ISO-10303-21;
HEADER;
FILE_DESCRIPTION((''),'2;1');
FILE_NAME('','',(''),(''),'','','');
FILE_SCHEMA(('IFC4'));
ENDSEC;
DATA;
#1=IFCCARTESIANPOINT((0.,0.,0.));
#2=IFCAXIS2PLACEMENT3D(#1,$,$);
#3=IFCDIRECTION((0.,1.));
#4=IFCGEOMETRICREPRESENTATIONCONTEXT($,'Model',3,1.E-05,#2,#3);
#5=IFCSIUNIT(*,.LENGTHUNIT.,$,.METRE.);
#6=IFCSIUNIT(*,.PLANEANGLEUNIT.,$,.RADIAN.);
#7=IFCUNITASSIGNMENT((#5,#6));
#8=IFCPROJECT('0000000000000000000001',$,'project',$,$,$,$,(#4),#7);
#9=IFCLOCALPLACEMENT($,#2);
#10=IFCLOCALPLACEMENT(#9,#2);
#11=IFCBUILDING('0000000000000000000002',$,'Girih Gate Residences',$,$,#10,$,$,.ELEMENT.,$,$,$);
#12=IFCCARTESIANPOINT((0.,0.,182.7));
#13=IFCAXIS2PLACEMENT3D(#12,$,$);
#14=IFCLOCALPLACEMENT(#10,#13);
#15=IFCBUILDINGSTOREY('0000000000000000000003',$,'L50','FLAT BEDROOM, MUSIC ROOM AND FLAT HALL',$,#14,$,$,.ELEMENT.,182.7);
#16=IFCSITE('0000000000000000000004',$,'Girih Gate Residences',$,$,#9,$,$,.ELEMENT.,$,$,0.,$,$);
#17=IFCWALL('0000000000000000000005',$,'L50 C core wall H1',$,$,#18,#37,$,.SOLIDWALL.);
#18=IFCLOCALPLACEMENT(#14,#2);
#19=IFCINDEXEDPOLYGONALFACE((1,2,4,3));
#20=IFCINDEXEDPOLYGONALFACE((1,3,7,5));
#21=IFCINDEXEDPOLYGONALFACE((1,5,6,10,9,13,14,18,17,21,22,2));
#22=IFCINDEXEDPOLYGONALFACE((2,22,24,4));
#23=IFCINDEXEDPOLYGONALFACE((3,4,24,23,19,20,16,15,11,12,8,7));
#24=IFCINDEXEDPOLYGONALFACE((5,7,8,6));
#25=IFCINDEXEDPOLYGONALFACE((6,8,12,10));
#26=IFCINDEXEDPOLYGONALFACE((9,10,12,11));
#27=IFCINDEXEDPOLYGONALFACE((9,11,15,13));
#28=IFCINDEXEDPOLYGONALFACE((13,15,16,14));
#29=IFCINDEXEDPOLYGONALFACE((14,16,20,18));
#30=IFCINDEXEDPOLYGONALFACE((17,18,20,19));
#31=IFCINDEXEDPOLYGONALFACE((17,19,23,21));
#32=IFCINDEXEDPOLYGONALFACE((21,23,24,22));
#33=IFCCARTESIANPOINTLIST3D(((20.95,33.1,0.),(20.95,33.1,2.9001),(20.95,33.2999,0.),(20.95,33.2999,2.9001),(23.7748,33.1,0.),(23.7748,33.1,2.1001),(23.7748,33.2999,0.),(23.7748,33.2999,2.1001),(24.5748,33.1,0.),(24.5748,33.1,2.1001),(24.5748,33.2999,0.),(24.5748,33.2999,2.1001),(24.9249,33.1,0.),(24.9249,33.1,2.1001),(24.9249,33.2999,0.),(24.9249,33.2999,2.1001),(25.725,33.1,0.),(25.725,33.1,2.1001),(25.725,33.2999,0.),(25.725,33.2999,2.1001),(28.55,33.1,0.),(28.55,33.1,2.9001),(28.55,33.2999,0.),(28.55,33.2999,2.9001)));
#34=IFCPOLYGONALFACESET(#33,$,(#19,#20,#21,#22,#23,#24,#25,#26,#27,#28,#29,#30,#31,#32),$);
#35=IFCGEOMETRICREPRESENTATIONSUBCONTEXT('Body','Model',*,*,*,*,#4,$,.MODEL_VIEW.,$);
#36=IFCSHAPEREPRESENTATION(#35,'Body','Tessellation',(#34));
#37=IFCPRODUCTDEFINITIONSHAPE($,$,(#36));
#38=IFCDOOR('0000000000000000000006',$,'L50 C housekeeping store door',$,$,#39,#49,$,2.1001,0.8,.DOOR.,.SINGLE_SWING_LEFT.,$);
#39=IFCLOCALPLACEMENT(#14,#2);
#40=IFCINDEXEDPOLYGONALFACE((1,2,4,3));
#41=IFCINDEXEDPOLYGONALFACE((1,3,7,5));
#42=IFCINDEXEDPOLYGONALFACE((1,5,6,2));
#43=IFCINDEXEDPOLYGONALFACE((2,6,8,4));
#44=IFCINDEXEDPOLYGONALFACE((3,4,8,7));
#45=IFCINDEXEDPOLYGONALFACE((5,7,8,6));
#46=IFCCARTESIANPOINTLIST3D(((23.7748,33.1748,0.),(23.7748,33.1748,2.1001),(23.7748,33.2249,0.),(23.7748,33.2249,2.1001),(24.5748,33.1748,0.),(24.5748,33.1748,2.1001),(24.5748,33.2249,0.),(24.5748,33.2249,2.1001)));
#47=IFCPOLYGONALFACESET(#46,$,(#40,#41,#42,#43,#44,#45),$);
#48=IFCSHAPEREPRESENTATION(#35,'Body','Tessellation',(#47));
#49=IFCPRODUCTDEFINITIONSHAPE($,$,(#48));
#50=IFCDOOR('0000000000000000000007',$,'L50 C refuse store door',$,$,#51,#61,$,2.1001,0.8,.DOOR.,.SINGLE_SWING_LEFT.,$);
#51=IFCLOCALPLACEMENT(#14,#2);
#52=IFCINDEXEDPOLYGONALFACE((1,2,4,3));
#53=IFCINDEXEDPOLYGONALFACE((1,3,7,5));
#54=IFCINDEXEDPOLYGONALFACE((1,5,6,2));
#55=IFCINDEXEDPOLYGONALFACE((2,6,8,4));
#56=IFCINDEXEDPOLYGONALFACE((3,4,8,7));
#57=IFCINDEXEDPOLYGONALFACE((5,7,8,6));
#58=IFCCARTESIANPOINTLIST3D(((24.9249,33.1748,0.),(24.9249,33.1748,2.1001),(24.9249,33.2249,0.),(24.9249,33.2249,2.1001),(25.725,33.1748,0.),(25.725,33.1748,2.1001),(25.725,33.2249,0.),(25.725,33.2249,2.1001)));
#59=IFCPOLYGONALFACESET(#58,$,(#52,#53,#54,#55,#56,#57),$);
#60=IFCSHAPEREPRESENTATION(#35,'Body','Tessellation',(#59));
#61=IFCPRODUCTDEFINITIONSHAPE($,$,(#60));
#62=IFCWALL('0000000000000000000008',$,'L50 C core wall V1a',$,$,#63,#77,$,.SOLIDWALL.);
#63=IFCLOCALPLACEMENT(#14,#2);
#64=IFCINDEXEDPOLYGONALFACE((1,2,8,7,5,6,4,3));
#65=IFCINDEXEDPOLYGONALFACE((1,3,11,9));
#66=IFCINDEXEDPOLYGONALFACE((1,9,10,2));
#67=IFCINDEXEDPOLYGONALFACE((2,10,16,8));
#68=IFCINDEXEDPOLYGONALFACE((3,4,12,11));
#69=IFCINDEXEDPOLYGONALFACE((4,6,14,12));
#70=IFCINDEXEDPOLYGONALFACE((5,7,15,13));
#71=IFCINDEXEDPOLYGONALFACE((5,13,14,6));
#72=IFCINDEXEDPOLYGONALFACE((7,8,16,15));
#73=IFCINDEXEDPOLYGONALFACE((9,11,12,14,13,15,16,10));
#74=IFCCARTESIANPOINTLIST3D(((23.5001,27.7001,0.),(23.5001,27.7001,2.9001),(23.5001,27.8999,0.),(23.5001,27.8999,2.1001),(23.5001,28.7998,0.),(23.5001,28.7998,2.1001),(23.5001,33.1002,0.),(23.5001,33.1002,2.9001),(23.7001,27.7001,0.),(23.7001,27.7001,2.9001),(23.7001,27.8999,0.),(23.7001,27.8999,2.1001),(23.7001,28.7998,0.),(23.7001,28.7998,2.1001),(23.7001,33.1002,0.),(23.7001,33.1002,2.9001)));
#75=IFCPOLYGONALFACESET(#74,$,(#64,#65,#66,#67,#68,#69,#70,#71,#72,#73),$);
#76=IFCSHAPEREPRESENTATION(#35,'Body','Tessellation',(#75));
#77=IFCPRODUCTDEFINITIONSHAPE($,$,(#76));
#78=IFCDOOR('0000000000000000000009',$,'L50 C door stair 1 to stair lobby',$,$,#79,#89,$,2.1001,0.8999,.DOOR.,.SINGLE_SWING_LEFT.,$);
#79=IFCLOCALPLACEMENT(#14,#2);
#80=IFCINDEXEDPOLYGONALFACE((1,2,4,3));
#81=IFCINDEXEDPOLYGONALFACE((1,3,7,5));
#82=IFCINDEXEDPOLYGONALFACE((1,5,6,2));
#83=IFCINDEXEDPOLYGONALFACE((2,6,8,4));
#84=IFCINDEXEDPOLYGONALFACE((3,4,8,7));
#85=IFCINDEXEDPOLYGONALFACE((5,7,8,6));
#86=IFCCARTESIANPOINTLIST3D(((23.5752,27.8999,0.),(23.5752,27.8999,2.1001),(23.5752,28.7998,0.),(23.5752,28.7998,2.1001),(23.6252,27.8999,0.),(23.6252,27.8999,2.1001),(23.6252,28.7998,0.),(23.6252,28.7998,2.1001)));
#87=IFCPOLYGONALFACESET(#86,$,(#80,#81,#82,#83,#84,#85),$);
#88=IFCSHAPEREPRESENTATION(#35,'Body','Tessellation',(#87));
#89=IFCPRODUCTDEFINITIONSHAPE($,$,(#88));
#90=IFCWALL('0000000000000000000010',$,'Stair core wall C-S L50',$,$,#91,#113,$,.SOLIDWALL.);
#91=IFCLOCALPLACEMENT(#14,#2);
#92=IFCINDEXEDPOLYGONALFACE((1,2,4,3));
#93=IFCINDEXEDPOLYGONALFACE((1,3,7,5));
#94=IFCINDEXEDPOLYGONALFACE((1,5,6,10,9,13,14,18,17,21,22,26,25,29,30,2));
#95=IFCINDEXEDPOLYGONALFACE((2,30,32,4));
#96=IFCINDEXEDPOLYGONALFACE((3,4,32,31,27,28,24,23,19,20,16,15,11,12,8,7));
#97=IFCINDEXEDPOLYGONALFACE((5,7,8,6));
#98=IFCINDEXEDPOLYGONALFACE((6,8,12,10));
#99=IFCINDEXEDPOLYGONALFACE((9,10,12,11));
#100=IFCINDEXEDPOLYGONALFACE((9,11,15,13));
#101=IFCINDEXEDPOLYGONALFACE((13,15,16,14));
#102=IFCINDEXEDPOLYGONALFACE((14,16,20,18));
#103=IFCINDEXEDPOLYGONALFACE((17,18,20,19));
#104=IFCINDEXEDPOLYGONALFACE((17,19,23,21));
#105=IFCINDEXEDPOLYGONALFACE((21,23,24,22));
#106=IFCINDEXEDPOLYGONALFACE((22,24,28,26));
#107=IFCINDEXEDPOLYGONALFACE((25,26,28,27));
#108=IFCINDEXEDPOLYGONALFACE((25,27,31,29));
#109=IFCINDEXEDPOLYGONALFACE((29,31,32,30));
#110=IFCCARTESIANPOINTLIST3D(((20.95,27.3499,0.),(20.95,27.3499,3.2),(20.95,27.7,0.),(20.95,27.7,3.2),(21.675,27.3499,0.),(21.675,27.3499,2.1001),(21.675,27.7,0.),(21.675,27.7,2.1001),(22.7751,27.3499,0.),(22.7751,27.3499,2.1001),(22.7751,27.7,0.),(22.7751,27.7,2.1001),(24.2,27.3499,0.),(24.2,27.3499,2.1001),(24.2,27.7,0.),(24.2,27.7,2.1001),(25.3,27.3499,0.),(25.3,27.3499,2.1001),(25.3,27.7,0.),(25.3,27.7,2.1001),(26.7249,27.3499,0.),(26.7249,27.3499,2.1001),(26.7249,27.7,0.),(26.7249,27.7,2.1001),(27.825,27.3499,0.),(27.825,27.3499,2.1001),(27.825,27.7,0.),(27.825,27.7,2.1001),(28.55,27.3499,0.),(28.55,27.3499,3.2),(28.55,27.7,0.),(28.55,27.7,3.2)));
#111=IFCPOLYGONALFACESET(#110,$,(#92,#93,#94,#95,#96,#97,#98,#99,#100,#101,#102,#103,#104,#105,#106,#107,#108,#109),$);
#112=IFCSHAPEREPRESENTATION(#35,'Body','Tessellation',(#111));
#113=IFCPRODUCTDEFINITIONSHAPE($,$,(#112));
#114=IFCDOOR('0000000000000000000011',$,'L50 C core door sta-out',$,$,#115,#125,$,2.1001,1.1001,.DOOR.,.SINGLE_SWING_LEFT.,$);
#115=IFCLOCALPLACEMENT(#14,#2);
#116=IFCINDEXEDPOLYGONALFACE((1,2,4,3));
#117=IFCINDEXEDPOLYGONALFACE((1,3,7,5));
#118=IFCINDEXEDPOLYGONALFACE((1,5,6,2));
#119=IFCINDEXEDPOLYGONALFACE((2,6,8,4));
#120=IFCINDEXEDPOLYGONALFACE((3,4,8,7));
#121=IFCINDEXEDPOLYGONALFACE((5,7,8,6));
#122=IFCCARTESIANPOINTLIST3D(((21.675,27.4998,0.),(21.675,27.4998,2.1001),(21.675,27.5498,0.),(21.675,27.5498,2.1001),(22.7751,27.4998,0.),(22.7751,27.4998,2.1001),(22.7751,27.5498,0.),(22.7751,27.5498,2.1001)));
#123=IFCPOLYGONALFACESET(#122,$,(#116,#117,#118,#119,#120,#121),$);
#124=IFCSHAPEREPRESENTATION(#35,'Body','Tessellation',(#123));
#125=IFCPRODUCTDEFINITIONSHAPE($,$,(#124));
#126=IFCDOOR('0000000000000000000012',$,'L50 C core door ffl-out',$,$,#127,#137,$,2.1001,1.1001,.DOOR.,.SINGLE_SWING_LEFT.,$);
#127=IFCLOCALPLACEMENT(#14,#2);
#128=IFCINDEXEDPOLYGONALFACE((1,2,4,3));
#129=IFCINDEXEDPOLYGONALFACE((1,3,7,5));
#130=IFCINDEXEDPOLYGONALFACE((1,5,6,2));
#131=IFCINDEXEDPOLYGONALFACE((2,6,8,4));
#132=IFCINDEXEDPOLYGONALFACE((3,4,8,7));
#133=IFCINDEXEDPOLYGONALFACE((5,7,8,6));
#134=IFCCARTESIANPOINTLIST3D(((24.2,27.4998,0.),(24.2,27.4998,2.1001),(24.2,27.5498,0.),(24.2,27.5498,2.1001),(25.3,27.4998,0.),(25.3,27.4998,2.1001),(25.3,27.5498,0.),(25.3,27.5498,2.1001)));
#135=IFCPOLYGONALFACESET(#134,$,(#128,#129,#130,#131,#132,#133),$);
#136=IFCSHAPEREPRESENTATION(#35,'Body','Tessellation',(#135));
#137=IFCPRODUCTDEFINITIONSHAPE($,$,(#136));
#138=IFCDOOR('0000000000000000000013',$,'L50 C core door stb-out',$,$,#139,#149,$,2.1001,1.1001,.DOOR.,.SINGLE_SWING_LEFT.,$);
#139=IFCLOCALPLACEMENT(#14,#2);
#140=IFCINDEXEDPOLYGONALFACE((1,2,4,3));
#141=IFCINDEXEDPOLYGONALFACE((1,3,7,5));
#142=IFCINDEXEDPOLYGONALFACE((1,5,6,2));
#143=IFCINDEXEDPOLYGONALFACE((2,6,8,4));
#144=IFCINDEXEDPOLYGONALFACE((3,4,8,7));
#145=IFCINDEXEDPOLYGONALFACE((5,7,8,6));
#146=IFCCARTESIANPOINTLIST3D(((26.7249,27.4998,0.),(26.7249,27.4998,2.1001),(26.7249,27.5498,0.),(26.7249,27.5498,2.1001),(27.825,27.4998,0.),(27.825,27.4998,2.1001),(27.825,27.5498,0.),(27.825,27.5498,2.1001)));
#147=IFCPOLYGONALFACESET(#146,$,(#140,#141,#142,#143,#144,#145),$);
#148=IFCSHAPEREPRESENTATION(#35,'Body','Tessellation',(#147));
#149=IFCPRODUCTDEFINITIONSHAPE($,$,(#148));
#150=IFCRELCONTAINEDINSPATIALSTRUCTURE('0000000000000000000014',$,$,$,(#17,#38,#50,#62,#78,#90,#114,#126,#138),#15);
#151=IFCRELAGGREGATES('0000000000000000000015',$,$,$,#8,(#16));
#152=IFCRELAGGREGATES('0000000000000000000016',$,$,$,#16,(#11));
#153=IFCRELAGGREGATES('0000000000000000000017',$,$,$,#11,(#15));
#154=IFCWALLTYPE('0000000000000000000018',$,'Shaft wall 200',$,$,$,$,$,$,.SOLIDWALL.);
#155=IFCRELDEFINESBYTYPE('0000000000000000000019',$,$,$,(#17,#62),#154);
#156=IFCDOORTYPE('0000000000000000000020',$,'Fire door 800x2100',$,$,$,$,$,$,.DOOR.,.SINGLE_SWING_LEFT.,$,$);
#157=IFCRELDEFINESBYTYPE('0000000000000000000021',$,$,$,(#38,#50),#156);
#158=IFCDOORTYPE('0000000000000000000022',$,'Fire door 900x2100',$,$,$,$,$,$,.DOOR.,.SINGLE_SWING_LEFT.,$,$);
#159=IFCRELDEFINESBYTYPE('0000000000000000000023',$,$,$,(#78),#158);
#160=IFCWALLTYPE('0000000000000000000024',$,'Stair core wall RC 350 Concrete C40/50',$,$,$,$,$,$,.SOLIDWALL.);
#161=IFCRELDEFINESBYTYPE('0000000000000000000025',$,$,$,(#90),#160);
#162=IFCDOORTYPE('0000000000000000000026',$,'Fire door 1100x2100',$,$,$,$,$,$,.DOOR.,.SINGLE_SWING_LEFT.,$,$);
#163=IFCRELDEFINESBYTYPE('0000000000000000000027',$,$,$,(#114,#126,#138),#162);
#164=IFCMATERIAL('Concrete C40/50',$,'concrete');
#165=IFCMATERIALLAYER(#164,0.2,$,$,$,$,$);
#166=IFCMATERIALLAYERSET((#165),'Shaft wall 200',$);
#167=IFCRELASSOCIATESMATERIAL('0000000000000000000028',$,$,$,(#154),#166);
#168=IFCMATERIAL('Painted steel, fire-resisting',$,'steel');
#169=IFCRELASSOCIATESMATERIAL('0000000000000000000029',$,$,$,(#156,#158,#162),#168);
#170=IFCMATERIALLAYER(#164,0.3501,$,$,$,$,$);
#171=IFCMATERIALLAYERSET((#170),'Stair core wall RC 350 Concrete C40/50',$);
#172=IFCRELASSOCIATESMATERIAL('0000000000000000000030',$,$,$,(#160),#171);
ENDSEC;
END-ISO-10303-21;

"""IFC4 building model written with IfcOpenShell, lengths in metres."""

from ifc_helpers import new_model, si_unit, direction, frame, frame_2d, origin, place, context, subcontext, project, spatial, rectangle, extrude, material, layer, layer_set, type_object, element, fill, save


model = new_model("IFC4")

# Units and contexts
model_context = context("Model", 3, precision=1e-05, world=origin(), true_north=direction((0.0, 1.0)))
body_context = subcontext(model_context, "Body", "Model", "MODEL_VIEW")
ifc_project = project(units=[si_unit("LENGTHUNIT", "METRE"), si_unit("PLANEANGLEUNIT", "RADIAN")], contexts=[model_context])

# Site, building, storey
site_placement = place(None, origin())
site = spatial("IfcSite", under=ifc_project, at=site_placement, Name="Girih Gate Residences", CompositionType="ELEMENT", RefElevation=0.0)
building_placement = place(site_placement, origin())
building = spatial("IfcBuilding", under=site, at=building_placement, Name="Girih Gate Residences", CompositionType="ELEMENT")
storey_placement = place(building_placement, frame((0.0, 0.0, 182.7)))
storey = spatial("IfcBuildingStorey", under=building, at=storey_placement, Name="L50", Description="FLAT BEDROOM, MUSIC ROOM AND FLAT HALL", CompositionType="ELEMENT", Elevation=182.7)

# Wall, openings, doors
ifc_material_1 = material(Name="Concrete C40/50", Category="concrete")
ifc_layer_1 = layer(ifc_material_1, 0.2)
ifc_layer_set_1 = layer_set([ifc_layer_1], Name="Shaft wall 200")
wall_type_1 = type_object("IfcWallType", Name="Shaft wall 200", PredefinedType="SOLIDWALL", material=ifc_layer_set_1)
wall_1_placement = place(storey_placement, frame((20.95, 33.2, 0.0), z_axis=(0.0, 0.0, 1.0), x_axis=(1.0, 0.0, 0.0)))
wall_1 = element("IfcWall", 1, at=wall_1_placement, inside=storey, type_object=wall_type_1, Name="L50 C core wall H1", PredefinedType="SOLIDWALL", context=body_context, shape_type="SweptSolid", body=[
    extrude(rectangle(XDim=7.6001, YDim=0.2, at=frame_2d((3.8, 0.0))), origin(), (0.0, 0.0, 1.0), 2.9001),
])
opening_1_placement = place(wall_1_placement, frame((2.825, 0.0, 0.0)))
opening_1 = element("IfcOpeningElement", 2, at=opening_1_placement, cuts=wall_1, PredefinedType="OPENING", context=body_context, shape_type="SweptSolid", body=[
    extrude(rectangle(XDim=0.8, YDim=2.1001, at=frame_2d((0.3999, 1.05))), frame((0.0, 0.1099, 0.0), z_axis=(0.0, -1.0, 0.0), x_axis=(1.0, 0.0, 0.0)), (0.0, 0.0, 1.0), 0.22),
])
opening_2_placement = place(wall_1_placement, frame((3.9751, 0.0, 0.0)))
opening_2 = element("IfcOpeningElement", 3, at=opening_2_placement, cuts=wall_1, PredefinedType="OPENING", context=body_context, shape_type="SweptSolid", body=[
    extrude(rectangle(XDim=0.8, YDim=2.1001, at=frame_2d((0.3999, 1.05))), frame((0.0, 0.1099, 0.0), z_axis=(0.0, -1.0, 0.0), x_axis=(1.0, 0.0, 0.0)), (0.0, 0.0, 1.0), 0.22),
])
ifc_material_2 = material(Name="Painted steel, fire-resisting", Category="steel")
door_type_1 = type_object("IfcDoorType", Name="Fire door 800x2100", OperationType="SINGLE_SWING_LEFT", PredefinedType="DOOR", material=ifc_material_2)
door_1_placement = place(opening_1_placement, origin())
door_1 = element("IfcDoor", 4, at=door_1_placement, inside=storey, type_object=door_type_1, Name="L50 C housekeeping store door", OperationType="SINGLE_SWING_LEFT", OverallHeight=2.1001, OverallWidth=0.8, PredefinedType="DOOR", context=body_context, shape_type="SweptSolid", body=[
    extrude(rectangle(XDim=0.8, YDim=2.1001, at=frame_2d((0.3999, 1.05))), frame((0.0, 0.0249, 0.0), z_axis=(0.0, -1.0, 0.0), x_axis=(1.0, 0.0, 0.0)), (0.0, 0.0, 1.0), 0.05),
])
fill(opening_1, door_1)
door_2_placement = place(opening_2_placement, origin())
door_2 = element("IfcDoor", 5, at=door_2_placement, inside=storey, type_object=door_type_1, Name="L50 C refuse store door", OperationType="SINGLE_SWING_LEFT", OverallHeight=2.1001, OverallWidth=0.8, PredefinedType="DOOR", context=body_context, shape_type="SweptSolid", body=[
    extrude(rectangle(XDim=0.8, YDim=2.1001, at=frame_2d((0.3999, 1.05))), frame((0.0, 0.0249, 0.0), z_axis=(0.0, -1.0, 0.0), x_axis=(1.0, 0.0, 0.0)), (0.0, 0.0, 1.0), 0.05),
])
fill(opening_2, door_2)

# Wall, opening, door
wall_2_placement = place(storey_placement, frame((23.6001, 27.7, 0.0), z_axis=(0.0, 0.0, 1.0), x_axis=(0.0, 1.0, 0.0)))
wall_2 = element("IfcWall", 6, at=wall_2_placement, inside=storey, type_object=wall_type_1, Name="L50 C core wall V1a", PredefinedType="SOLIDWALL", context=body_context, shape_type="SweptSolid", body=[
    extrude(rectangle(XDim=5.4001, YDim=0.2, at=frame_2d((2.7002, 0.0))), origin(), (0.0, 0.0, 1.0), 2.9001),
])
opening_3_placement = place(wall_2_placement, frame((0.2, 0.0, 0.0)))
opening_3 = element("IfcOpeningElement", 7, at=opening_3_placement, cuts=wall_2, PredefinedType="OPENING", context=body_context, shape_type="SweptSolid", body=[
    extrude(rectangle(XDim=0.8999, YDim=2.1001, at=frame_2d((0.45, 1.05))), frame((0.0, 0.1099, 0.0), z_axis=(0.0, -1.0, 0.0), x_axis=(1.0, 0.0, 0.0)), (0.0, 0.0, 1.0), 0.22),
])
door_type_2 = type_object("IfcDoorType", Name="Fire door 900x2100", OperationType="SINGLE_SWING_LEFT", PredefinedType="DOOR", material=ifc_material_2)
door_3_placement = place(opening_3_placement, origin())
door_3 = element("IfcDoor", 8, at=door_3_placement, inside=storey, type_object=door_type_2, Name="L50 C door stair 1 to stair lobby", OperationType="SINGLE_SWING_LEFT", OverallHeight=2.1001, OverallWidth=0.8999, PredefinedType="DOOR", context=body_context, shape_type="SweptSolid", body=[
    extrude(rectangle(XDim=0.8999, YDim=2.1001, at=frame_2d((0.45, 1.05))), frame((0.0, 0.0249, 0.0), z_axis=(0.0, -1.0, 0.0), x_axis=(1.0, 0.0, 0.0)), (0.0, 0.0, 1.0), 0.05),
])
fill(opening_3, door_3)

# Wall, openings, doors
ifc_layer_2 = layer(ifc_material_1, 0.3501)
ifc_layer_set_2 = layer_set([ifc_layer_2], Name="Stair core wall RC 350 Concrete C40/50")
wall_type_2 = type_object("IfcWallType", Name="Stair core wall RC 350 Concrete C40/50", PredefinedType="SOLIDWALL", material=ifc_layer_set_2)
wall_3_placement = place(storey_placement, frame((20.95, 27.5249, 0.0), z_axis=(0.0, 0.0, 1.0), x_axis=(1.0, 0.0, 0.0)))
wall_3 = element("IfcWall", 9, at=wall_3_placement, inside=storey, type_object=wall_type_2, Name="Stair core wall C-S L50", PredefinedType="SOLIDWALL", context=body_context, shape_type="SweptSolid", body=[
    extrude(rectangle(XDim=7.6001, YDim=0.3501, at=frame_2d((3.8, 0.0))), origin(), (0.0, 0.0, 1.0), 3.2),
])
opening_4_placement = place(wall_3_placement, frame((0.7251, 0.0, 0.0)))
opening_4 = element("IfcOpeningElement", 10, at=opening_4_placement, cuts=wall_3, PredefinedType="OPENING", context=body_context, shape_type="SweptSolid", body=[
    extrude(rectangle(XDim=1.1001, YDim=2.1001, at=frame_2d((0.55, 1.05))), frame((0.0, 0.1851, 0.0), z_axis=(0.0, -1.0, 0.0), x_axis=(1.0, 0.0, 0.0)), (0.0, 0.0, 1.0), 0.3701),
])
opening_5_placement = place(wall_3_placement, frame((3.25, 0.0, 0.0)))
opening_5 = element("IfcOpeningElement", 11, at=opening_5_placement, cuts=wall_3, PredefinedType="OPENING", context=body_context, shape_type="SweptSolid", body=[
    extrude(rectangle(XDim=1.1001, YDim=2.1001, at=frame_2d((0.55, 1.05))), frame((0.0, 0.1851, 0.0), z_axis=(0.0, -1.0, 0.0), x_axis=(1.0, 0.0, 0.0)), (0.0, 0.0, 1.0), 0.3701),
])
opening_6_placement = place(wall_3_placement, frame((5.7749, 0.0, 0.0)))
opening_6 = element("IfcOpeningElement", 12, at=opening_6_placement, cuts=wall_3, PredefinedType="OPENING", context=body_context, shape_type="SweptSolid", body=[
    extrude(rectangle(XDim=1.1001, YDim=2.1001, at=frame_2d((0.55, 1.05))), frame((0.0, 0.1851, 0.0), z_axis=(0.0, -1.0, 0.0), x_axis=(1.0, 0.0, 0.0)), (0.0, 0.0, 1.0), 0.3701),
])
door_type_3 = type_object("IfcDoorType", Name="Fire door 1100x2100", OperationType="SINGLE_SWING_LEFT", PredefinedType="DOOR", material=ifc_material_2)
door_4_placement = place(opening_4_placement, origin())
door_4 = element("IfcDoor", 13, at=door_4_placement, inside=storey, type_object=door_type_3, Name="L50 C core door sta-out", OperationType="SINGLE_SWING_LEFT", OverallHeight=2.1001, OverallWidth=1.1001, PredefinedType="DOOR", context=body_context, shape_type="SweptSolid", body=[
    extrude(rectangle(XDim=1.1001, YDim=2.1001, at=frame_2d((0.55, 1.05))), frame((0.0, 0.0249, 0.0), z_axis=(0.0, -1.0, 0.0), x_axis=(1.0, 0.0, 0.0)), (0.0, 0.0, 1.0), 0.05),
])
fill(opening_4, door_4)
door_5_placement = place(opening_5_placement, origin())
door_5 = element("IfcDoor", 14, at=door_5_placement, inside=storey, type_object=door_type_3, Name="L50 C core door ffl-out", OperationType="SINGLE_SWING_LEFT", OverallHeight=2.1001, OverallWidth=1.1001, PredefinedType="DOOR", context=body_context, shape_type="SweptSolid", body=[
    extrude(rectangle(XDim=1.1001, YDim=2.1001, at=frame_2d((0.55, 1.05))), frame((0.0, 0.0249, 0.0), z_axis=(0.0, -1.0, 0.0), x_axis=(1.0, 0.0, 0.0)), (0.0, 0.0, 1.0), 0.05),
])
fill(opening_5, door_5)
door_6_placement = place(opening_6_placement, origin())
door_6 = element("IfcDoor", 15, at=door_6_placement, inside=storey, type_object=door_type_3, Name="L50 C core door stb-out", OperationType="SINGLE_SWING_LEFT", OverallHeight=2.1001, OverallWidth=1.1001, PredefinedType="DOOR", context=body_context, shape_type="SweptSolid", body=[
    extrude(rectangle(XDim=1.1001, YDim=2.1001, at=frame_2d((0.55, 1.05))), frame((0.0, 0.0249, 0.0), z_axis=(0.0, -1.0, 0.0), x_axis=(1.0, 0.0, 0.0)), (0.0, 0.0, 1.0), 0.05),
])
fill(opening_6, door_6)

save(model, "model.ifc")
